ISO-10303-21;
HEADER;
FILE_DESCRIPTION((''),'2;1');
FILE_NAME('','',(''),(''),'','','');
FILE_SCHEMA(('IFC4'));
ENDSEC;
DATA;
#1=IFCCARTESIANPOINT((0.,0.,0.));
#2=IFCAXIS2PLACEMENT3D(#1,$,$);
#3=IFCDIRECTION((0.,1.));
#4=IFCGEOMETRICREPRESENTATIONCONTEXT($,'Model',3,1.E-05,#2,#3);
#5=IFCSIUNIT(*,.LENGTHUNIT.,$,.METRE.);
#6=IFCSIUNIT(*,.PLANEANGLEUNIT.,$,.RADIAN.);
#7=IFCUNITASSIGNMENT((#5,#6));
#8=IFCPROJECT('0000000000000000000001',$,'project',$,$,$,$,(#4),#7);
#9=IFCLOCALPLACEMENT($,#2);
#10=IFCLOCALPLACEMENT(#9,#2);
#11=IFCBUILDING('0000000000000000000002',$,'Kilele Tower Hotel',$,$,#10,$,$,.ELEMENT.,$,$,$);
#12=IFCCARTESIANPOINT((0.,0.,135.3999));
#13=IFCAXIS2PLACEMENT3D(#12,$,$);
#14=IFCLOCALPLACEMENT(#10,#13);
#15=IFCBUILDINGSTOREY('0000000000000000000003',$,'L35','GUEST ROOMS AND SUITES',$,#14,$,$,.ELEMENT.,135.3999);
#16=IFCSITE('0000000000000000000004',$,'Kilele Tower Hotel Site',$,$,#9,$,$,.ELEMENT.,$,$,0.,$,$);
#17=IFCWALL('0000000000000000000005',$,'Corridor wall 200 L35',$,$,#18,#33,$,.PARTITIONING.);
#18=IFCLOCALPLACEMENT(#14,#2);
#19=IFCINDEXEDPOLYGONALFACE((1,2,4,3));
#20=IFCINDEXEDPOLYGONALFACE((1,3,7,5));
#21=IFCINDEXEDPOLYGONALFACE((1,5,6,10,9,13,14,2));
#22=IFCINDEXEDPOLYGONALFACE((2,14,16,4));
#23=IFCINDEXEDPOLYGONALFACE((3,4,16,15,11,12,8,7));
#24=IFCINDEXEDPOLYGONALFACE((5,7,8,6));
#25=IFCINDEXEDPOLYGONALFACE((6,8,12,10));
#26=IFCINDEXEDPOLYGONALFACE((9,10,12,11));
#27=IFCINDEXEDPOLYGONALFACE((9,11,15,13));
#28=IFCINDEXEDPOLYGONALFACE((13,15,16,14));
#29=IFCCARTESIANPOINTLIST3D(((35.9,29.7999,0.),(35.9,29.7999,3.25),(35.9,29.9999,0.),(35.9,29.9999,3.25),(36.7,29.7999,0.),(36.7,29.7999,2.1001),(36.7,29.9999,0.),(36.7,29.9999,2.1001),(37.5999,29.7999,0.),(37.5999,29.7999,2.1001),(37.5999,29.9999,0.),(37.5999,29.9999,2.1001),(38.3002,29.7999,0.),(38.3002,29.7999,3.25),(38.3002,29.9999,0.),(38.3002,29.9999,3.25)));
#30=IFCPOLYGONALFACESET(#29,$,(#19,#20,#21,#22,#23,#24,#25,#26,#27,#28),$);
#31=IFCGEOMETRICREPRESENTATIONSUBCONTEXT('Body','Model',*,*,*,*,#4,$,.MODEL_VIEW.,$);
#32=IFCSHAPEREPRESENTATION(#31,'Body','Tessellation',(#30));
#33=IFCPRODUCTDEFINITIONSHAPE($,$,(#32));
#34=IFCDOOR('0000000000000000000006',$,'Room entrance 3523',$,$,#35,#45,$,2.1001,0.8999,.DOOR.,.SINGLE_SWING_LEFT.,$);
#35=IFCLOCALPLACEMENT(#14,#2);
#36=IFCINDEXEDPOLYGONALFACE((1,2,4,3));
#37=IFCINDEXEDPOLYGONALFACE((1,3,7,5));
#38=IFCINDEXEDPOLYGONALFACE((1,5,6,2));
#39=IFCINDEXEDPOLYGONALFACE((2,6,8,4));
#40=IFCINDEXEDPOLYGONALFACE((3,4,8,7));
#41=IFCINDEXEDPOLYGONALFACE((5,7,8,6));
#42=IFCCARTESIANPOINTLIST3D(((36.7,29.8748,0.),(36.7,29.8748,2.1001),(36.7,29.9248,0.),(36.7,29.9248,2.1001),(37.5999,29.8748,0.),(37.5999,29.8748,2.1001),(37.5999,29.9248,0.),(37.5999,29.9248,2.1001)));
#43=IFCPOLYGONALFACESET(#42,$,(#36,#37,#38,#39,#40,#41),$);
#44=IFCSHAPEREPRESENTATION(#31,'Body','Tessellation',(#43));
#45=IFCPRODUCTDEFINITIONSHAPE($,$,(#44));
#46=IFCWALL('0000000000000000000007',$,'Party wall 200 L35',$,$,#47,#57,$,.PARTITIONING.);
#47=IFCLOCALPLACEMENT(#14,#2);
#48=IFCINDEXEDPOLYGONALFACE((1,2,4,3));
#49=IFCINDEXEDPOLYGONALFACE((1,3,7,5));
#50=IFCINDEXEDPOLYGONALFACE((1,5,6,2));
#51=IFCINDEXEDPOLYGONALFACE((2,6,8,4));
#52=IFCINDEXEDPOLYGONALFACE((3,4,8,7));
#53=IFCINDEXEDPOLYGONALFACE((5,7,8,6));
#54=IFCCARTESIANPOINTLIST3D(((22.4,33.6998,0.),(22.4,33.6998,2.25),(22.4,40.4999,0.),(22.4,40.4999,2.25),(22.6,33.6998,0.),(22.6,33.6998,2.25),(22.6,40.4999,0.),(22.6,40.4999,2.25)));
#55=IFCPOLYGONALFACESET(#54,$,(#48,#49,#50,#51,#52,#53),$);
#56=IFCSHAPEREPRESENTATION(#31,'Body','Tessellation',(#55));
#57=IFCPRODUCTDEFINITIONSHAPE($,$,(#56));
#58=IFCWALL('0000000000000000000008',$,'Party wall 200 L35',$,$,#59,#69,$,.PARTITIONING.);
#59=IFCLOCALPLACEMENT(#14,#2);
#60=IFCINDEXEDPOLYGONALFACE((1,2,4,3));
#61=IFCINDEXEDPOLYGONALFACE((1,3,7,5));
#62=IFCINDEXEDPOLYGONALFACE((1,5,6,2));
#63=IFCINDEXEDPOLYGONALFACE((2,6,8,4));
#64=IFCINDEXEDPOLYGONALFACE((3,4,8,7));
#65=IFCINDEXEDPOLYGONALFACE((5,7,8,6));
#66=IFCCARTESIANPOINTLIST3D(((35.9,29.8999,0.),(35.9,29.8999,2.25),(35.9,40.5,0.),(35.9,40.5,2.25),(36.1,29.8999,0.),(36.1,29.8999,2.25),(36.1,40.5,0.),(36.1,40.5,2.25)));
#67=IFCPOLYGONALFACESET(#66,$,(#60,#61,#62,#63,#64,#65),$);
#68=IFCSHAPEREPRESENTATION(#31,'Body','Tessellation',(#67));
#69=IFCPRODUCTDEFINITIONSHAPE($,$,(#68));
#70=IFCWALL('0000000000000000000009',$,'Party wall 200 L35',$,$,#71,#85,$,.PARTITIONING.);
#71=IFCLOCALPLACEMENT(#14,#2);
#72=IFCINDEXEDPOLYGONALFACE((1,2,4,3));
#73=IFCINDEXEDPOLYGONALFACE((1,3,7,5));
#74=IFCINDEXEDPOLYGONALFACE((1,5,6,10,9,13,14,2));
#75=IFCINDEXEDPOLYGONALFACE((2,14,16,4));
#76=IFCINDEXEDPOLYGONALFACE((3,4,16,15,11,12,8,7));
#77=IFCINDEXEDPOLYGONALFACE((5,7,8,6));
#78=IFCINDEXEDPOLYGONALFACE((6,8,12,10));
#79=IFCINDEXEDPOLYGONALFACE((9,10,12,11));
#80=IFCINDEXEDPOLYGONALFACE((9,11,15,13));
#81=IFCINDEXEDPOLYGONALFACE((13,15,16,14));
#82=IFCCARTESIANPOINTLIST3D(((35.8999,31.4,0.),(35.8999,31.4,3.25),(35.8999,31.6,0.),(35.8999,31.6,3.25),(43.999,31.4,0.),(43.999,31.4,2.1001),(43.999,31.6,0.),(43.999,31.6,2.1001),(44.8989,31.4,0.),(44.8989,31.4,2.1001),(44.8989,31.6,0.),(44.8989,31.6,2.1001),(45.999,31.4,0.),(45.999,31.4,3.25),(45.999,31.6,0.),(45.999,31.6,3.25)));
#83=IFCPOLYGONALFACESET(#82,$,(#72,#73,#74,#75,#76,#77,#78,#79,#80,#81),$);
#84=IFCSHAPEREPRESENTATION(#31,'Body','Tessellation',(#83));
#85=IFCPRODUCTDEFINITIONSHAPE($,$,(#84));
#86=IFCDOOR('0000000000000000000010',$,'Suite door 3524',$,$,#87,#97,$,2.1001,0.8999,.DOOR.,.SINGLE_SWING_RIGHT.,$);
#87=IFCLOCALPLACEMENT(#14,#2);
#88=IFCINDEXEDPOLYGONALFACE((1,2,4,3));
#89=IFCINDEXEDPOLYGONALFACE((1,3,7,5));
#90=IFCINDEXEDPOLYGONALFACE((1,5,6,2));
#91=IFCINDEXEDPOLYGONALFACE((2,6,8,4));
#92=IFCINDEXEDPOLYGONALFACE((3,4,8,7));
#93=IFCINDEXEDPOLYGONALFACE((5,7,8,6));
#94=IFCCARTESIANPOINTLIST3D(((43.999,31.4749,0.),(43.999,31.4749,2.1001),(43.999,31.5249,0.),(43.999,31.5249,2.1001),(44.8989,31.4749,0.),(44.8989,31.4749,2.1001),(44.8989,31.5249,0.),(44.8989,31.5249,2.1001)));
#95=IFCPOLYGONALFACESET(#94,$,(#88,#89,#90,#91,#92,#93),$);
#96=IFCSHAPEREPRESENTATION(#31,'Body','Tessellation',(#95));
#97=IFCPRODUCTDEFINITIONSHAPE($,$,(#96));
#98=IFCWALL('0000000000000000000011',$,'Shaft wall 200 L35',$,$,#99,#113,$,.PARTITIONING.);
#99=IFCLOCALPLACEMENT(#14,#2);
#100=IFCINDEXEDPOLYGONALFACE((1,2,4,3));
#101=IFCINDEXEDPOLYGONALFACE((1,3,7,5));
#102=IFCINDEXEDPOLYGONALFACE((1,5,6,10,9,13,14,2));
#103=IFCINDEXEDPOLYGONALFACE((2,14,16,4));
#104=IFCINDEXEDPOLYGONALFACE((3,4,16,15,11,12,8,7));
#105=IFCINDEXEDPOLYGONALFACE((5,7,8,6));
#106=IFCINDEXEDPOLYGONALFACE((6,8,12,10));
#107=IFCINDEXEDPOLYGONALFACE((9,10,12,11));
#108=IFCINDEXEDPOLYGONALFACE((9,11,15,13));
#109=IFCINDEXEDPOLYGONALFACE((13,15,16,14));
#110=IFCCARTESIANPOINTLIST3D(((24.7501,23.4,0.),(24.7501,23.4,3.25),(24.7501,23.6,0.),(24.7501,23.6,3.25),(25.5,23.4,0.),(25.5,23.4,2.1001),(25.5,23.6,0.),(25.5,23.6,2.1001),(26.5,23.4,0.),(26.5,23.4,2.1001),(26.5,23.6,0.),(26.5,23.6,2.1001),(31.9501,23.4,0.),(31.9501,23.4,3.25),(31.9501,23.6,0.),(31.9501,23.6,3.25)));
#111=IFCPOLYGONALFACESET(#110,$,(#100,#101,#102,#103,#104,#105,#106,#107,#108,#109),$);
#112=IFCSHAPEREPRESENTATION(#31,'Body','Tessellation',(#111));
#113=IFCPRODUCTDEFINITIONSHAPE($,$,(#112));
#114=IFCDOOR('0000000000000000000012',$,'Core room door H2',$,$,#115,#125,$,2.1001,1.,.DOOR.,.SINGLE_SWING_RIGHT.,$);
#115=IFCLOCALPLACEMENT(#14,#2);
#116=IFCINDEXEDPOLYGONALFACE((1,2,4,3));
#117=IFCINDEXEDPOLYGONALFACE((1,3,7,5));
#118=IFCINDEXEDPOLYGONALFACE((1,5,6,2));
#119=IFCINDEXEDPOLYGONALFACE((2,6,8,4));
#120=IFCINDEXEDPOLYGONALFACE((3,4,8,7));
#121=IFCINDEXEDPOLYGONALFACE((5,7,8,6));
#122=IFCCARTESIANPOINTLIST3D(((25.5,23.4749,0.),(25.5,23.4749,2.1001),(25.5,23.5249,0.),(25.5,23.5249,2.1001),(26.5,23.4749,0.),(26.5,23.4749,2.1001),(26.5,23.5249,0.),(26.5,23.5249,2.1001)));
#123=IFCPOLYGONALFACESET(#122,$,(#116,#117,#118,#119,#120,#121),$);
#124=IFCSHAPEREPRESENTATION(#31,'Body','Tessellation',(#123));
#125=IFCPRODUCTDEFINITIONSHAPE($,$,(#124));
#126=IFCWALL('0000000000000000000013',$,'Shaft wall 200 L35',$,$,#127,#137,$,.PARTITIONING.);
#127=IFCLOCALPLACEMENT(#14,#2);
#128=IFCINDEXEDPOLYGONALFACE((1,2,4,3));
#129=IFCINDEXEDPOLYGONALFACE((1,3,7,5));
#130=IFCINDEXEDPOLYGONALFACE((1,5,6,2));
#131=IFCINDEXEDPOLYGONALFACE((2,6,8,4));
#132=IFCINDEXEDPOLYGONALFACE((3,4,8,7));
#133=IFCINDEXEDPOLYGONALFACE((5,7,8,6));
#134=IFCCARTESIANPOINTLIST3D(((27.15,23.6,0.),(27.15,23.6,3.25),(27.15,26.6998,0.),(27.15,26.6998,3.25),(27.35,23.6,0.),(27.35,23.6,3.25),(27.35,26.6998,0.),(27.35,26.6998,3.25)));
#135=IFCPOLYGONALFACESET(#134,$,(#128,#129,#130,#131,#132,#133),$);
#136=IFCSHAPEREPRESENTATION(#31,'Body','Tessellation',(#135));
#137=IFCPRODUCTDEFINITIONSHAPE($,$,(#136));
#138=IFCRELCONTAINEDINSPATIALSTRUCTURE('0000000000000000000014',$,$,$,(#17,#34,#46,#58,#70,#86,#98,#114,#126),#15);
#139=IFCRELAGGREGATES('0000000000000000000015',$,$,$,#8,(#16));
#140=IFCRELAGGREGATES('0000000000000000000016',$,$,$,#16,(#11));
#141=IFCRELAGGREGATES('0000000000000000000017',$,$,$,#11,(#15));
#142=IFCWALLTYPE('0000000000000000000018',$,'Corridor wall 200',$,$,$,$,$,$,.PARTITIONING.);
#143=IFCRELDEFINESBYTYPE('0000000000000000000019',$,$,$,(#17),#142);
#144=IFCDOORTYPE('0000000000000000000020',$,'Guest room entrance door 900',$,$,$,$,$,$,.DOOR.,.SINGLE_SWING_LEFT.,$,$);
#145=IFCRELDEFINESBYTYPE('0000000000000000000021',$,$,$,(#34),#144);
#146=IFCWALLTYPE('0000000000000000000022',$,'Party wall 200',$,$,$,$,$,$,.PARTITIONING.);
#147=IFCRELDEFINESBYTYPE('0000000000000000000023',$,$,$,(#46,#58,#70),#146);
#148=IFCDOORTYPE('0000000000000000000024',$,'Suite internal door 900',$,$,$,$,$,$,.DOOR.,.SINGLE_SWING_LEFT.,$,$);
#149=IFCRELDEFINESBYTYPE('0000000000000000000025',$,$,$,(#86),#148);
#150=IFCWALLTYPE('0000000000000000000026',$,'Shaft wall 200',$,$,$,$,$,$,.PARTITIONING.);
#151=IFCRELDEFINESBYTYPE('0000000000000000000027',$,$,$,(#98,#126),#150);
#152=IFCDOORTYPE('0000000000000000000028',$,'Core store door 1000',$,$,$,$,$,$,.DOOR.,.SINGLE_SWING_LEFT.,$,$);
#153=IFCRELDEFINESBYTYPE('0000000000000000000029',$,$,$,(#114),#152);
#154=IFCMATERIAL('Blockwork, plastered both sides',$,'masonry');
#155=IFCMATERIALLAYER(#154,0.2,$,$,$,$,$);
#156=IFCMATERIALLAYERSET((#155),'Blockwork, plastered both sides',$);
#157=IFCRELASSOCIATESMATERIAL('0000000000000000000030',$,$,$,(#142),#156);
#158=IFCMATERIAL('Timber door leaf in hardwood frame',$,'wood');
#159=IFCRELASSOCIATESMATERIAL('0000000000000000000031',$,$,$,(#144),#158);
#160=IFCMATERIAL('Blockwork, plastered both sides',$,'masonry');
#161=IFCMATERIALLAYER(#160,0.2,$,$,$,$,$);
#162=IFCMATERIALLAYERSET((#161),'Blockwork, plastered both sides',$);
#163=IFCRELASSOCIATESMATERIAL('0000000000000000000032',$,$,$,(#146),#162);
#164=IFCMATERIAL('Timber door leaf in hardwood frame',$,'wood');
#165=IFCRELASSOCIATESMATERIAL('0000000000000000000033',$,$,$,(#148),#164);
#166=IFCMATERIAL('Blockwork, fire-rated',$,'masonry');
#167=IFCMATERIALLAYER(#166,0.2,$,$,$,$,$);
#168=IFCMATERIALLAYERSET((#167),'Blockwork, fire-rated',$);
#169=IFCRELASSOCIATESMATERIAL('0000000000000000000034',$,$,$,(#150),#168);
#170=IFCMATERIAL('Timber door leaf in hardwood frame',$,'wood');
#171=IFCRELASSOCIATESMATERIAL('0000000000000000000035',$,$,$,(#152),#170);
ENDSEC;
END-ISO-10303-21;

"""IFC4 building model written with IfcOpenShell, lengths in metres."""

from ifc_helpers import new_model, si_unit, direction, frame, frame_2d, origin, place, context, subcontext, project, spatial, rectangle, extrude, material, layer, layer_set, type_object, element, fill, save


model = new_model("IFC4")

# Units and contexts
model_context = context("Model", 3, precision=1e-05, world=origin(), true_north=direction((0.0, 1.0)))
body_context = subcontext(model_context, "Body", "Model", "MODEL_VIEW")
ifc_project = project(units=[si_unit("LENGTHUNIT", "METRE"), si_unit("PLANEANGLEUNIT", "RADIAN")], contexts=[model_context])

# Site, building, storey
site_placement = place(None, origin())
site = spatial("IfcSite", under=ifc_project, at=site_placement, Name="Kilele Tower Hotel Site", CompositionType="ELEMENT", RefElevation=0.0)
building_placement = place(site_placement, origin())
building = spatial("IfcBuilding", under=site, at=building_placement, Name="Kilele Tower Hotel", CompositionType="ELEMENT")
storey_placement = place(building_placement, frame((0.0, 0.0, 135.3999)))
storey = spatial("IfcBuildingStorey", under=building, at=storey_placement, Name="L35", Description="GUEST ROOMS AND SUITES", CompositionType="ELEMENT", Elevation=135.3999)

# Wall, opening, door
ifc_material_1 = material(Name="Blockwork, plastered both sides", Category="masonry")
ifc_layer_1 = layer(ifc_material_1, 0.2)
ifc_layer_set_1 = layer_set([ifc_layer_1], Name="Blockwork, plastered both sides")
wall_type_1 = type_object("IfcWallType", Name="Corridor wall 200", PredefinedType="PARTITIONING", material=ifc_layer_set_1)
wall_1_placement = place(storey_placement, frame((35.8999, 29.8999, 0.0), z_axis=(0.0, 0.0, 1.0), x_axis=(1.0, 0.0, 0.0)))
wall_1 = element("IfcWall", 1, at=wall_1_placement, inside=storey, type_object=wall_type_1, Name="Corridor wall 200 L35", PredefinedType="PARTITIONING", context=body_context, shape_type="SweptSolid", body=[
    extrude(rectangle(XDim=2.4001, YDim=0.2, at=frame_2d((1.2002, 0.0))), origin(), (0.0, 0.0, 1.0), 3.25),
])
opening_1_placement = place(wall_1_placement, frame((0.8, 0.0, 0.0)))
opening_1 = element("IfcOpeningElement", 2, at=opening_1_placement, cuts=wall_1, PredefinedType="OPENING", context=body_context, shape_type="SweptSolid", body=[
    extrude(rectangle(XDim=0.8999, YDim=2.1001, at=frame_2d((0.45, 1.05))), frame((0.0, 0.1099, 0.0), z_axis=(0.0, -1.0, 0.0), x_axis=(1.0, 0.0, 0.0)), (0.0, 0.0, 1.0), 0.22),
])
ifc_material_2 = material(Name="Timber door leaf in hardwood frame", Category="wood")
door_type_1 = type_object("IfcDoorType", Name="Guest room entrance door 900", OperationType="SINGLE_SWING_LEFT", PredefinedType="DOOR", material=ifc_material_2)
door_1_placement = place(opening_1_placement, origin())
door_1 = element("IfcDoor", 3, at=door_1_placement, inside=storey, type_object=door_type_1, Name="Room entrance 3523", OperationType="SINGLE_SWING_LEFT", OverallHeight=2.1001, OverallWidth=0.8999, PredefinedType="DOOR", context=body_context, shape_type="SweptSolid", body=[
    extrude(rectangle(XDim=0.8999, YDim=2.1001, at=frame_2d((0.45, 1.05))), frame((0.0, 0.0249, 0.0), z_axis=(0.0, -1.0, 0.0), x_axis=(1.0, 0.0, 0.0)), (0.0, 0.0, 1.0), 0.05),
])
fill(opening_1, door_1)

# Walls
ifc_material_3 = material(Name="Blockwork, plastered both sides", Category="masonry")
ifc_layer_2 = layer(ifc_material_3, 0.2)
ifc_layer_set_2 = layer_set([ifc_layer_2], Name="Blockwork, plastered both sides")
wall_type_2 = type_object("IfcWallType", Name="Party wall 200", PredefinedType="PARTITIONING", material=ifc_layer_set_2)
wall_2_placement = place(storey_placement, frame((22.5, 33.7, 0.0), z_axis=(0.0, 0.0, 1.0), x_axis=(0.0, 1.0, 0.0)))
element("IfcWall", 4, at=wall_2_placement, inside=storey, type_object=wall_type_2, Name="Party wall 200 L35", PredefinedType="PARTITIONING", context=body_context, shape_type="SweptSolid", body=[
    extrude(rectangle(XDim=6.8, YDim=0.2, at=frame_2d((3.3999, 0.0))), origin(), (0.0, 0.0, 1.0), 2.25),
])
wall_3_placement = place(storey_placement, frame((36.0, 29.8999, 0.0), z_axis=(0.0, 0.0, 1.0), x_axis=(0.0, 1.0, 0.0)))
element("IfcWall", 5, at=wall_3_placement, inside=storey, type_object=wall_type_2, Name="Party wall 200 L35", PredefinedType="PARTITIONING", context=body_context, shape_type="SweptSolid", body=[
    extrude(rectangle(XDim=10.6001, YDim=0.2, at=frame_2d((5.3, 0.0))), origin(), (0.0, 0.0, 1.0), 2.25),
])

# Walls, openings, doors
wall_4_placement = place(storey_placement, frame((35.8999, 31.5, 0.0), z_axis=(0.0, 0.0, 1.0), x_axis=(1.0, 0.0, 0.0)))
wall_4 = element("IfcWall", 6, at=wall_4_placement, inside=storey, type_object=wall_type_2, Name="Party wall 200 L35", PredefinedType="PARTITIONING", context=body_context, shape_type="SweptSolid", body=[
    extrude(rectangle(XDim=10.0991, YDim=0.2, at=frame_2d((5.0496, 0.0))), origin(), (0.0, 0.0, 1.0), 3.25),
])
opening_2_placement = place(wall_4_placement, frame((8.0991, 0.0, 0.0)))
opening_2 = element("IfcOpeningElement", 7, at=opening_2_placement, cuts=wall_4, PredefinedType="OPENING", context=body_context, shape_type="SweptSolid", body=[
    extrude(rectangle(XDim=0.8999, YDim=2.1001, at=frame_2d((0.45, 1.05))), frame((0.0, 0.1099, 0.0), z_axis=(0.0, -1.0, 0.0), x_axis=(1.0, 0.0, 0.0)), (0.0, 0.0, 1.0), 0.22),
])
ifc_material_4 = material(Name="Timber door leaf in hardwood frame", Category="wood")
door_type_2 = type_object("IfcDoorType", Name="Suite internal door 900", OperationType="SINGLE_SWING_LEFT", PredefinedType="DOOR", material=ifc_material_4)
door_2_placement = place(opening_2_placement, origin())
door_2 = element("IfcDoor", 8, at=door_2_placement, inside=storey, type_object=door_type_2, Name="Suite door 3524", OperationType="SINGLE_SWING_RIGHT", OverallHeight=2.1001, OverallWidth=0.8999, PredefinedType="DOOR", context=body_context, shape_type="SweptSolid", body=[
    extrude(rectangle(XDim=0.8999, YDim=2.1001, at=frame_2d((0.45, 1.05))), frame((0.0, 0.0249, 0.0), z_axis=(0.0, -1.0, 0.0), x_axis=(1.0, 0.0, 0.0)), (0.0, 0.0, 1.0), 0.05),
])
fill(opening_2, door_2)
ifc_material_5 = material(Name="Blockwork, fire-rated", Category="masonry")
ifc_layer_3 = layer(ifc_material_5, 0.2)
ifc_layer_set_3 = layer_set([ifc_layer_3], Name="Blockwork, fire-rated")
wall_type_3 = type_object("IfcWallType", Name="Shaft wall 200", PredefinedType="PARTITIONING", material=ifc_layer_set_3)
wall_5_placement = place(storey_placement, frame((24.75, 23.5, 0.0), z_axis=(0.0, 0.0, 1.0), x_axis=(1.0, 0.0, 0.0)))
wall_5 = element("IfcWall", 9, at=wall_5_placement, inside=storey, type_object=wall_type_3, Name="Shaft wall 200 L35", PredefinedType="PARTITIONING", context=body_context, shape_type="SweptSolid", body=[
    extrude(rectangle(XDim=7.2, YDim=0.2, at=frame_2d((3.6001, 0.0))), origin(), (0.0, 0.0, 1.0), 3.25),
])
opening_3_placement = place(wall_5_placement, frame((0.75, 0.0, 0.0)))
opening_3 = element("IfcOpeningElement", 10, at=opening_3_placement, cuts=wall_5, PredefinedType="OPENING", context=body_context, shape_type="SweptSolid", body=[
    extrude(rectangle(XDim=1.0, YDim=2.1001, at=frame_2d((0.5, 1.05))), frame((0.0, 0.1099, 0.0), z_axis=(0.0, -1.0, 0.0), x_axis=(1.0, 0.0, 0.0)), (0.0, 0.0, 1.0), 0.22),
])
ifc_material_6 = material(Name="Timber door leaf in hardwood frame", Category="wood")
door_type_3 = type_object("IfcDoorType", Name="Core store door 1000", OperationType="SINGLE_SWING_LEFT", PredefinedType="DOOR", material=ifc_material_6)
door_3_placement = place(opening_3_placement, origin())
door_3 = element("IfcDoor", 11, at=door_3_placement, inside=storey, type_object=door_type_3, Name="Core room door H2", OperationType="SINGLE_SWING_RIGHT", OverallHeight=2.1001, OverallWidth=1.0, PredefinedType="DOOR", context=body_context, shape_type="SweptSolid", body=[
    extrude(rectangle(XDim=1.0, YDim=2.1001, at=frame_2d((0.5, 1.05))), frame((0.0, 0.0249, 0.0), z_axis=(0.0, -1.0, 0.0), x_axis=(1.0, 0.0, 0.0)), (0.0, 0.0, 1.0), 0.05),
])
fill(opening_3, door_3)

# Wall
wall_6_placement = place(storey_placement, frame((27.25, 23.6001, 0.0), z_axis=(0.0, 0.0, 1.0), x_axis=(0.0, 1.0, 0.0)))
element("IfcWall", 12, at=wall_6_placement, inside=storey, type_object=wall_type_3, Name="Shaft wall 200 L35", PredefinedType="PARTITIONING", context=body_context, shape_type="SweptSolid", body=[
    extrude(rectangle(XDim=3.0999, YDim=0.2, at=frame_2d((1.5498, 0.0))), origin(), (0.0, 0.0, 1.0), 3.25),
])

save(model, "model.ifc")
